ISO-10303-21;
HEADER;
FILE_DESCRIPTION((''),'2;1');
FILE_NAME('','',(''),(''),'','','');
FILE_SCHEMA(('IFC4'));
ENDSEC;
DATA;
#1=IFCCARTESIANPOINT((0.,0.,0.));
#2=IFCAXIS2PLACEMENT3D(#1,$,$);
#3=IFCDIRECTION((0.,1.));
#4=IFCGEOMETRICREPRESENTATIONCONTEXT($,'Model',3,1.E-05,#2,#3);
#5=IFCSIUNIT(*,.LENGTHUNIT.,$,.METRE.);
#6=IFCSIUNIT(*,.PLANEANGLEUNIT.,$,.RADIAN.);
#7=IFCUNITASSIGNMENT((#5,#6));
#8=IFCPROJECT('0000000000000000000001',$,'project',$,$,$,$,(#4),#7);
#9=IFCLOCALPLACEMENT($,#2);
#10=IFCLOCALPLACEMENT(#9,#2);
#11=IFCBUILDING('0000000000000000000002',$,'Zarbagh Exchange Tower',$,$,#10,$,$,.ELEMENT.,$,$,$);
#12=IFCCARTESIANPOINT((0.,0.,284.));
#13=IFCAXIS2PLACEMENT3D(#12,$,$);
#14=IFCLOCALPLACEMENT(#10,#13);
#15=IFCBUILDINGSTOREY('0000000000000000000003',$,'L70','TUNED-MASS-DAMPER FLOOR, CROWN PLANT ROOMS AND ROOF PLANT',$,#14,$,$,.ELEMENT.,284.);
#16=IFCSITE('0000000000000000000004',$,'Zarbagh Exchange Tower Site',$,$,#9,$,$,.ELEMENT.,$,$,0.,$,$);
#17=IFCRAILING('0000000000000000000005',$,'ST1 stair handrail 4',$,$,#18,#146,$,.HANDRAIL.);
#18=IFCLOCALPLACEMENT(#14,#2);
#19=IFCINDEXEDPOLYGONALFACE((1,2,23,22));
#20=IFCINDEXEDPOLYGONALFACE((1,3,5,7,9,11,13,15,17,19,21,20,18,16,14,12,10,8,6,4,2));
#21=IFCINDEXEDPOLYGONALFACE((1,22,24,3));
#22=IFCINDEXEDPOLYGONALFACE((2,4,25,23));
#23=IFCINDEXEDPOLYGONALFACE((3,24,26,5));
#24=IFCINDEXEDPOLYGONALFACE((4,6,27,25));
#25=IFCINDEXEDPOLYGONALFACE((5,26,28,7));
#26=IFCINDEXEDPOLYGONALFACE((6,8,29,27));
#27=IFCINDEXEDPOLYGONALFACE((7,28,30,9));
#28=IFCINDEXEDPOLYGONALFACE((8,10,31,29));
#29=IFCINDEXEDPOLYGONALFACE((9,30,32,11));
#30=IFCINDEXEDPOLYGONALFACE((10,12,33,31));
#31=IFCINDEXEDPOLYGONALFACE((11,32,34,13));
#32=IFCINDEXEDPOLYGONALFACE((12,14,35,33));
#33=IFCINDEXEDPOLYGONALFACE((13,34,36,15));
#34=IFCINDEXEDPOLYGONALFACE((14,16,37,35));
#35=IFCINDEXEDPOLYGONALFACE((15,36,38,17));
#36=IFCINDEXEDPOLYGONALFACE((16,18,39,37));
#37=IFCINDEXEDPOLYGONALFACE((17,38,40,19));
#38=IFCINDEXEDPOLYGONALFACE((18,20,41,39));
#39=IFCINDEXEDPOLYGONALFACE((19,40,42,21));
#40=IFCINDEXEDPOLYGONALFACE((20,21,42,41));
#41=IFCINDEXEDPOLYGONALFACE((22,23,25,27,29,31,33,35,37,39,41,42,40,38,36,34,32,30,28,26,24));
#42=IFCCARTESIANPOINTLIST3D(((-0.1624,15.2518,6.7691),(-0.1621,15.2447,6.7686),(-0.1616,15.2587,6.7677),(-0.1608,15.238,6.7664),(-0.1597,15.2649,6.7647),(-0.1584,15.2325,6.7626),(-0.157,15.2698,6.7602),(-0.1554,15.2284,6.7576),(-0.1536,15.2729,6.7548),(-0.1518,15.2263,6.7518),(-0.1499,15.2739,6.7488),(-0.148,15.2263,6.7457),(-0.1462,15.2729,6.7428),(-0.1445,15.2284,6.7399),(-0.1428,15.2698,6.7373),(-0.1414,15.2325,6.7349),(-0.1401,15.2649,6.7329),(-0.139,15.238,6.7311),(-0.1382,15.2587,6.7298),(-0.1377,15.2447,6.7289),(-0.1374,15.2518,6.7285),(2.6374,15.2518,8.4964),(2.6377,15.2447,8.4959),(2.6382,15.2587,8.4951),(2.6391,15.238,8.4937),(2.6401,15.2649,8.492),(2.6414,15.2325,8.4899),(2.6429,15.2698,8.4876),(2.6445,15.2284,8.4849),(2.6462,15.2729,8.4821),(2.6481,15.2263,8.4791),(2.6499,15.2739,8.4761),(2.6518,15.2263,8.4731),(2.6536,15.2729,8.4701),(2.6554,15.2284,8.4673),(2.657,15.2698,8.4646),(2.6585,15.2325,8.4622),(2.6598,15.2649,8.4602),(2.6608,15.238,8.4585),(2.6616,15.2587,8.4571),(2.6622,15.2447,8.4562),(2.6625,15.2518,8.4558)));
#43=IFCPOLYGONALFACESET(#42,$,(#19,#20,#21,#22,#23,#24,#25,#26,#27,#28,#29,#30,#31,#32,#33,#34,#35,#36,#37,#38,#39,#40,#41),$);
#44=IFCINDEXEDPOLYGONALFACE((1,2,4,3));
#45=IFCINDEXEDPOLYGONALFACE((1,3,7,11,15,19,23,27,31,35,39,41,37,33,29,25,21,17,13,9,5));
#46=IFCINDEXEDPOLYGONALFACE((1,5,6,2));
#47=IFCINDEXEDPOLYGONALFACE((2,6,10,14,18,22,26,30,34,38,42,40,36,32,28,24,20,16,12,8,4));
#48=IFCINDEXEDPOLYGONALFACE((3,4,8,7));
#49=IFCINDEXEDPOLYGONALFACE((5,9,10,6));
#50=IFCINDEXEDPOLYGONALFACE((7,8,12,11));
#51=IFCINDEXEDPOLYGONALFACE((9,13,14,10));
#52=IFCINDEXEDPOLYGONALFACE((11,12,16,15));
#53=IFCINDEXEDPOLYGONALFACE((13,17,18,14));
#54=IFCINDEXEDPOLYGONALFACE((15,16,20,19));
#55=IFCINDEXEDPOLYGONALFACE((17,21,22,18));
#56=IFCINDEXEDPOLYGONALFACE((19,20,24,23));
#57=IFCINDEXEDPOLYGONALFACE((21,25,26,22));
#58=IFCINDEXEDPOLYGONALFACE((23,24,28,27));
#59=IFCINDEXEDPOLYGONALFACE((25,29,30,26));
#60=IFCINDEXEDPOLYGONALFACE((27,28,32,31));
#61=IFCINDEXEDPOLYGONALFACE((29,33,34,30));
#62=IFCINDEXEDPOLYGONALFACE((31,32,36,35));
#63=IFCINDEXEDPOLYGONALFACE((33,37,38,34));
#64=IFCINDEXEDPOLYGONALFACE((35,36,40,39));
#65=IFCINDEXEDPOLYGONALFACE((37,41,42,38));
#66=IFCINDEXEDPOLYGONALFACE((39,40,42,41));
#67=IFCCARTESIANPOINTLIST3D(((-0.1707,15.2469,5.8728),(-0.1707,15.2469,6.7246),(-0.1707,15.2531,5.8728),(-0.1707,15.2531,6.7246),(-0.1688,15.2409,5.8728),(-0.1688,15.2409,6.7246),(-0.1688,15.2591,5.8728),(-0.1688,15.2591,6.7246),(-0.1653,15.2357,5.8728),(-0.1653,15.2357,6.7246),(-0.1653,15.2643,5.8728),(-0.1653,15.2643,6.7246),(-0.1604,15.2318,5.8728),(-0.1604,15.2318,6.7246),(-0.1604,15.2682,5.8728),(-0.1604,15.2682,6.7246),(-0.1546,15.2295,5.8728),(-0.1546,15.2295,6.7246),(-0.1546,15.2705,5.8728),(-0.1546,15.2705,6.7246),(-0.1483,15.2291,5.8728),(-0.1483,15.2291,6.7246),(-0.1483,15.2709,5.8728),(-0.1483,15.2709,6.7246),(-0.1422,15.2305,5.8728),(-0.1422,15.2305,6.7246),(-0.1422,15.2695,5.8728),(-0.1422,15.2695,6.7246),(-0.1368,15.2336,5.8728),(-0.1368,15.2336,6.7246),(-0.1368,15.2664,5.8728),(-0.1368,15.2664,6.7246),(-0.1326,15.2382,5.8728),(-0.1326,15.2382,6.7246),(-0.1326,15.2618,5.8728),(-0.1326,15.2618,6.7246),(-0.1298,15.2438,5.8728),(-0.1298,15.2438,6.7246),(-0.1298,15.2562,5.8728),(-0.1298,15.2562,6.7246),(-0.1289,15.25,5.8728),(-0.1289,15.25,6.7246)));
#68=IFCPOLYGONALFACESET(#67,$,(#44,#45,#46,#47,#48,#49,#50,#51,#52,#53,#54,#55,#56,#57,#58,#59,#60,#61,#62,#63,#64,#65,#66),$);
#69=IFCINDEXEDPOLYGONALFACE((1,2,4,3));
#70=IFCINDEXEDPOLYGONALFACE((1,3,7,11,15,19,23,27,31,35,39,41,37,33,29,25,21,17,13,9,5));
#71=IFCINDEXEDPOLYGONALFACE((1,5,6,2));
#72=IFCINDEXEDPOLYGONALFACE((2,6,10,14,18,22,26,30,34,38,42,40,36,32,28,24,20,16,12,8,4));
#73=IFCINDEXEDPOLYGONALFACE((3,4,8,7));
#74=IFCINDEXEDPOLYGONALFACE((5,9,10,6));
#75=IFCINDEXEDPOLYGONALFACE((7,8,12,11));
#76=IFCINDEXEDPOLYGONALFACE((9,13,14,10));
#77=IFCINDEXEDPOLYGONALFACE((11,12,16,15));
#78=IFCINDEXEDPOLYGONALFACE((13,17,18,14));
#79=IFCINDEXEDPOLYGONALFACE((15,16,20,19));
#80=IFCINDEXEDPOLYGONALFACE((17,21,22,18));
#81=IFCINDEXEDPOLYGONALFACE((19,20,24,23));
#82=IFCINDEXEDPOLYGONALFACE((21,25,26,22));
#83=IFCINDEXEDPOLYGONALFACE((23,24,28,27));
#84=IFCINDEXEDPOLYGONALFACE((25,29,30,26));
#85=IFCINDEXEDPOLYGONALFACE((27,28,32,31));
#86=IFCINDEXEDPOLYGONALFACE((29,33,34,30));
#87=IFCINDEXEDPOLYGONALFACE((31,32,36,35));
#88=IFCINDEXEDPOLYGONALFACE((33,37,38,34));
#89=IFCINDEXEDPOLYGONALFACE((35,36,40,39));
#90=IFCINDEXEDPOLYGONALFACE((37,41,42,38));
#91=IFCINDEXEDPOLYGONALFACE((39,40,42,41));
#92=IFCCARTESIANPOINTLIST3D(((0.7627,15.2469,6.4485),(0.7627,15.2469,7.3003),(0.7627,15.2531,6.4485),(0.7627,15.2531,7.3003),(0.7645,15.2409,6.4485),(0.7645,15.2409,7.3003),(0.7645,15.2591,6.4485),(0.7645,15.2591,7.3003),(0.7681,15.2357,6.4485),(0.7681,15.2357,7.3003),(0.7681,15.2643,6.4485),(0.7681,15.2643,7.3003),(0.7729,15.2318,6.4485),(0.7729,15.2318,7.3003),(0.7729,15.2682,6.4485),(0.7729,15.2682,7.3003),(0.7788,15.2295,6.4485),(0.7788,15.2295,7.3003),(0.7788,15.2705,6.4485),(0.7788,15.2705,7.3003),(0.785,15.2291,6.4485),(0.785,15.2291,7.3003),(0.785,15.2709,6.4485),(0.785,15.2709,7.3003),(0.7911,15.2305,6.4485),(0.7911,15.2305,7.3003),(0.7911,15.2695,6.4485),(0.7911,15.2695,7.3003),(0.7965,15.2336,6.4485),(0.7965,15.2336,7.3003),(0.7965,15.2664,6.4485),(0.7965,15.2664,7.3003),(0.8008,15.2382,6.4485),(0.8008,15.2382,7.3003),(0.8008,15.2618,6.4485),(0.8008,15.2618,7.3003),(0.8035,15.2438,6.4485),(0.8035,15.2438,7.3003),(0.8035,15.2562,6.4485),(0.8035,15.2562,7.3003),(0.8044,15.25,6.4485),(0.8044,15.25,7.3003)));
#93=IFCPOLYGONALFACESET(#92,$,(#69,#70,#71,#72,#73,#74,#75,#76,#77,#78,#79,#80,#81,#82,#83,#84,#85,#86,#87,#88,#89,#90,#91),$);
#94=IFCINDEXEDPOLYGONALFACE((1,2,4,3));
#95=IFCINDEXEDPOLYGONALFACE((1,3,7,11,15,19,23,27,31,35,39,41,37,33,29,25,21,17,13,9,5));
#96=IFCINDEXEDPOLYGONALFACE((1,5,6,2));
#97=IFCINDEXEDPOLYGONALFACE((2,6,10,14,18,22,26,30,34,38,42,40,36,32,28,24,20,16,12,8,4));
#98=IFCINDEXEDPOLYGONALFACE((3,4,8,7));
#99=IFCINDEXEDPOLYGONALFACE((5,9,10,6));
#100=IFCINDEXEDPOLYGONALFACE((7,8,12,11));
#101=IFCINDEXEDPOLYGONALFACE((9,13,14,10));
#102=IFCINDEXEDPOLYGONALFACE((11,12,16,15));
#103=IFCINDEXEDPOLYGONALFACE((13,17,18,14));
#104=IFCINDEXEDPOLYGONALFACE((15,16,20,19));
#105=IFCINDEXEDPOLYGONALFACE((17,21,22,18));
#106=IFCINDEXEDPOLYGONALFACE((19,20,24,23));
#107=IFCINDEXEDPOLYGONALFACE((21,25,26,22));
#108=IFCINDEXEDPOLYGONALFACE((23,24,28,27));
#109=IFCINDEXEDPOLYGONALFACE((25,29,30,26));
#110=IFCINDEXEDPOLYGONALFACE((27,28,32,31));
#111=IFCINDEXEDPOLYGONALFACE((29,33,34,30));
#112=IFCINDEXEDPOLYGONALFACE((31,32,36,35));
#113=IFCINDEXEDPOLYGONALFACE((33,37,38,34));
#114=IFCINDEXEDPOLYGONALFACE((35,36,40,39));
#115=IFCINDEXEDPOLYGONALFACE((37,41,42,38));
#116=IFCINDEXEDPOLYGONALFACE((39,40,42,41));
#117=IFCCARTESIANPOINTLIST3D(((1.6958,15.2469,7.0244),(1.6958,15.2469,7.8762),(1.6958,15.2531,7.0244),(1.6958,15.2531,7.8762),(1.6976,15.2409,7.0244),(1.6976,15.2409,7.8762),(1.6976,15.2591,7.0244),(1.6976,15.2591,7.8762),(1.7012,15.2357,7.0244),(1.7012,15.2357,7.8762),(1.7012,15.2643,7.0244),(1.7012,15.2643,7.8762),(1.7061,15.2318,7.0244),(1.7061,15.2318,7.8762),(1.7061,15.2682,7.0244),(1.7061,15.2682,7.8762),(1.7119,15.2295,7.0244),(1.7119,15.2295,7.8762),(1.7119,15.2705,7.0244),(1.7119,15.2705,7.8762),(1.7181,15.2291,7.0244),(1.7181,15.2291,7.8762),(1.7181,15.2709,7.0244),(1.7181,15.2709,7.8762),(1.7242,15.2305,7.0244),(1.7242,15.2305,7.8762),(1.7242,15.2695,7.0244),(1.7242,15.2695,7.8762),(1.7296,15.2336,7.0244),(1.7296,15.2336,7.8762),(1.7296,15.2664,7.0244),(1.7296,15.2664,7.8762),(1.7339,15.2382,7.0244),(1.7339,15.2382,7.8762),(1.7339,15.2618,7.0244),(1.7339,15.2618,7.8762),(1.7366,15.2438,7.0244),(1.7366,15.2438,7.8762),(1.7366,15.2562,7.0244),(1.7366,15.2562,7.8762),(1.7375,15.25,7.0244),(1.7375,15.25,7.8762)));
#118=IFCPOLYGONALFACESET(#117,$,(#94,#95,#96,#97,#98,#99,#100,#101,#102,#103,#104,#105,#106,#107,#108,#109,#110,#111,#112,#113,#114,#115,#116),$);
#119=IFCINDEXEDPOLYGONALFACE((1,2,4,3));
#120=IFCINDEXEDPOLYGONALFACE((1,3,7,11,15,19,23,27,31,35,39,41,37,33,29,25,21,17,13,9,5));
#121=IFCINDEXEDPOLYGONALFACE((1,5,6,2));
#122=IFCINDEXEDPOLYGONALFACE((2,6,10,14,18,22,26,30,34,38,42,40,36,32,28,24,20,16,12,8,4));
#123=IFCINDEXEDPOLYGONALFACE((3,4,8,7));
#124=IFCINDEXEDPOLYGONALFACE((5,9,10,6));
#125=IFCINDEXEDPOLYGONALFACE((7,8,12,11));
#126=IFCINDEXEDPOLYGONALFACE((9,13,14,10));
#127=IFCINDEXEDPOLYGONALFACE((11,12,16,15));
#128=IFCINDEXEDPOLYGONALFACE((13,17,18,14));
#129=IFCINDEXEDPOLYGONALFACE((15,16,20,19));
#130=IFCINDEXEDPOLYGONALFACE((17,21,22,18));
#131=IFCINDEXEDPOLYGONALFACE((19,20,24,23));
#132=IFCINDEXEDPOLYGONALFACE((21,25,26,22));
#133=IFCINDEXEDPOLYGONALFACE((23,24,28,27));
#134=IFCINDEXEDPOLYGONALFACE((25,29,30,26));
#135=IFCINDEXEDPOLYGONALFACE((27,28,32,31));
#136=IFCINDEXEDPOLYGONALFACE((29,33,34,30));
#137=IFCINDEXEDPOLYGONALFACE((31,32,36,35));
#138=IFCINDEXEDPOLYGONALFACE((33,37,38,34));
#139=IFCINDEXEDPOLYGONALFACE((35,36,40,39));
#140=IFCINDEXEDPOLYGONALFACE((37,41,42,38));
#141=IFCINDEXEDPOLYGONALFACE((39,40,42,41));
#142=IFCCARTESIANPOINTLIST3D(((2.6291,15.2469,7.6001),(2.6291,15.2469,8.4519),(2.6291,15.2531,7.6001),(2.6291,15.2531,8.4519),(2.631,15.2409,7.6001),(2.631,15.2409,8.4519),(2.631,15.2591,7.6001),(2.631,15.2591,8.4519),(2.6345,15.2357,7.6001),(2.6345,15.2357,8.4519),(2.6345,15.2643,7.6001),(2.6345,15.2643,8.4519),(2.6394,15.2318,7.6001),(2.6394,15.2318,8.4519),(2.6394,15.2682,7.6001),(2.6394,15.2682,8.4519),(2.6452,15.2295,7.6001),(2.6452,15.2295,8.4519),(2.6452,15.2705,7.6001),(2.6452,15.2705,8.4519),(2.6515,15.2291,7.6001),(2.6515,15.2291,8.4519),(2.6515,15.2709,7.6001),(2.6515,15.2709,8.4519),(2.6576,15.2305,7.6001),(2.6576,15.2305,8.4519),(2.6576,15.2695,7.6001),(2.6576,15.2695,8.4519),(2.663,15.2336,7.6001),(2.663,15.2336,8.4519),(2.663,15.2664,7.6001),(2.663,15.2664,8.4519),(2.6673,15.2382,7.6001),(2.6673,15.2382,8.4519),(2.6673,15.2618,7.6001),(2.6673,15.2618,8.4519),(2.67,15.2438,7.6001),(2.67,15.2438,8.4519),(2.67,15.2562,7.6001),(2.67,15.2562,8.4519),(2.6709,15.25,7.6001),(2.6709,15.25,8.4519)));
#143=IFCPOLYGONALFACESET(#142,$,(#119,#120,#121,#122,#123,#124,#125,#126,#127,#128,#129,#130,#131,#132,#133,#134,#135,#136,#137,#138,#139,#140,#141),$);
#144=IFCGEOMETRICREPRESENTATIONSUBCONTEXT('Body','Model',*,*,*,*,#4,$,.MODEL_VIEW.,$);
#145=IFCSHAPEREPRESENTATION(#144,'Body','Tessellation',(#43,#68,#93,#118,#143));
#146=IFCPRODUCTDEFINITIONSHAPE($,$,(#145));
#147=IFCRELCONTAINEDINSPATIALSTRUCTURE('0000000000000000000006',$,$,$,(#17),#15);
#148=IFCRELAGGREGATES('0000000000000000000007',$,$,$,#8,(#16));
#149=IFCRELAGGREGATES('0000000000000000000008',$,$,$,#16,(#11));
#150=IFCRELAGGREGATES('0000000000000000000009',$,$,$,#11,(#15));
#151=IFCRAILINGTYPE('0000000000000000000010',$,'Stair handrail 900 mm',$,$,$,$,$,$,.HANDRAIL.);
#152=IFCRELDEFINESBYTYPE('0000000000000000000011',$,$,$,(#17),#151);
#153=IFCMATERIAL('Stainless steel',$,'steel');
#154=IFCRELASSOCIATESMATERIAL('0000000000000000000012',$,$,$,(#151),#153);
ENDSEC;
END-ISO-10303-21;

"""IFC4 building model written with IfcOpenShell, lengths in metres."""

from ifc_helpers import new_model, si_unit, direction, frame, origin, origin_2d, place, context, subcontext, project, spatial, circle, extrude, material, type_object, element, save


model = new_model("IFC4")

# Units and contexts
model_context = context("Model", 3, precision=1e-05, world=origin(), true_north=direction((0.0, 1.0)))
body_context = subcontext(model_context, "Body", "Model", "MODEL_VIEW")
ifc_project = project(units=[si_unit("LENGTHUNIT", "METRE"), si_unit("PLANEANGLEUNIT", "RADIAN")], contexts=[model_context])

# Site, building, storey
site_placement = place(None, origin())
site = spatial("IfcSite", under=ifc_project, at=site_placement, Name="Zarbagh Exchange Tower Site", CompositionType="ELEMENT", RefElevation=0.0)
building_placement = place(site_placement, origin())
building = spatial("IfcBuilding", under=site, at=building_placement, Name="Zarbagh Exchange Tower", CompositionType="ELEMENT")
storey_placement = place(building_placement, frame((0.0, 0.0, 284.0)))
storey = spatial("IfcBuildingStorey", under=building, at=storey_placement, Name="L70", Description="TUNED-MASS-DAMPER FLOOR, CROWN PLANT ROOMS AND ROOF PLANT", CompositionType="ELEMENT", Elevation=284.0)

# Railing
ifc_material_1 = material(Name="Stainless steel", Category="steel")
railing_type_1 = type_object("IfcRailingType", Name="Stair handrail 900 mm", PredefinedType="HANDRAIL", material=ifc_material_1)
for number, where, name in (
    (1, (-0.1499, 15.25, 5.8728), "ST1 stair handrail 4"),
):
    element("IfcRailing", number, at=place(storey_placement, frame(where)), inside=storey, type_object=railing_type_1, Name=name, PredefinedType="HANDRAIL", context=body_context, shape_type="SweptSolid", body=[
        extrude(circle(Radius=0.0239, at=origin_2d()), frame((0.0, 0.0, 0.876), z_axis=(0.851069, 0.0, 0.525054), x_axis=(0.0, 1.0, 0.0)), (0.0, 0.0, 1.0), 3.2898),
        extrude(circle(Radius=0.021, at=origin_2d()), origin(), (0.0, 0.0, 1.0), 0.8518),
        extrude(circle(Radius=0.021, at=origin_2d()), frame((0.9333, 0.0, 0.5757)), (0.0, 0.0, 1.0), 0.8518),
        extrude(circle(Radius=0.021, at=origin_2d()), frame((1.8665, 0.0, 1.1516)), (0.0, 0.0, 1.0), 0.8518),
        extrude(circle(Radius=0.021, at=origin_2d()), frame((2.7998, 0.0, 1.7273)), (0.0, 0.0, 1.0), 0.8518),
    ])

save(model, "model.ifc")
